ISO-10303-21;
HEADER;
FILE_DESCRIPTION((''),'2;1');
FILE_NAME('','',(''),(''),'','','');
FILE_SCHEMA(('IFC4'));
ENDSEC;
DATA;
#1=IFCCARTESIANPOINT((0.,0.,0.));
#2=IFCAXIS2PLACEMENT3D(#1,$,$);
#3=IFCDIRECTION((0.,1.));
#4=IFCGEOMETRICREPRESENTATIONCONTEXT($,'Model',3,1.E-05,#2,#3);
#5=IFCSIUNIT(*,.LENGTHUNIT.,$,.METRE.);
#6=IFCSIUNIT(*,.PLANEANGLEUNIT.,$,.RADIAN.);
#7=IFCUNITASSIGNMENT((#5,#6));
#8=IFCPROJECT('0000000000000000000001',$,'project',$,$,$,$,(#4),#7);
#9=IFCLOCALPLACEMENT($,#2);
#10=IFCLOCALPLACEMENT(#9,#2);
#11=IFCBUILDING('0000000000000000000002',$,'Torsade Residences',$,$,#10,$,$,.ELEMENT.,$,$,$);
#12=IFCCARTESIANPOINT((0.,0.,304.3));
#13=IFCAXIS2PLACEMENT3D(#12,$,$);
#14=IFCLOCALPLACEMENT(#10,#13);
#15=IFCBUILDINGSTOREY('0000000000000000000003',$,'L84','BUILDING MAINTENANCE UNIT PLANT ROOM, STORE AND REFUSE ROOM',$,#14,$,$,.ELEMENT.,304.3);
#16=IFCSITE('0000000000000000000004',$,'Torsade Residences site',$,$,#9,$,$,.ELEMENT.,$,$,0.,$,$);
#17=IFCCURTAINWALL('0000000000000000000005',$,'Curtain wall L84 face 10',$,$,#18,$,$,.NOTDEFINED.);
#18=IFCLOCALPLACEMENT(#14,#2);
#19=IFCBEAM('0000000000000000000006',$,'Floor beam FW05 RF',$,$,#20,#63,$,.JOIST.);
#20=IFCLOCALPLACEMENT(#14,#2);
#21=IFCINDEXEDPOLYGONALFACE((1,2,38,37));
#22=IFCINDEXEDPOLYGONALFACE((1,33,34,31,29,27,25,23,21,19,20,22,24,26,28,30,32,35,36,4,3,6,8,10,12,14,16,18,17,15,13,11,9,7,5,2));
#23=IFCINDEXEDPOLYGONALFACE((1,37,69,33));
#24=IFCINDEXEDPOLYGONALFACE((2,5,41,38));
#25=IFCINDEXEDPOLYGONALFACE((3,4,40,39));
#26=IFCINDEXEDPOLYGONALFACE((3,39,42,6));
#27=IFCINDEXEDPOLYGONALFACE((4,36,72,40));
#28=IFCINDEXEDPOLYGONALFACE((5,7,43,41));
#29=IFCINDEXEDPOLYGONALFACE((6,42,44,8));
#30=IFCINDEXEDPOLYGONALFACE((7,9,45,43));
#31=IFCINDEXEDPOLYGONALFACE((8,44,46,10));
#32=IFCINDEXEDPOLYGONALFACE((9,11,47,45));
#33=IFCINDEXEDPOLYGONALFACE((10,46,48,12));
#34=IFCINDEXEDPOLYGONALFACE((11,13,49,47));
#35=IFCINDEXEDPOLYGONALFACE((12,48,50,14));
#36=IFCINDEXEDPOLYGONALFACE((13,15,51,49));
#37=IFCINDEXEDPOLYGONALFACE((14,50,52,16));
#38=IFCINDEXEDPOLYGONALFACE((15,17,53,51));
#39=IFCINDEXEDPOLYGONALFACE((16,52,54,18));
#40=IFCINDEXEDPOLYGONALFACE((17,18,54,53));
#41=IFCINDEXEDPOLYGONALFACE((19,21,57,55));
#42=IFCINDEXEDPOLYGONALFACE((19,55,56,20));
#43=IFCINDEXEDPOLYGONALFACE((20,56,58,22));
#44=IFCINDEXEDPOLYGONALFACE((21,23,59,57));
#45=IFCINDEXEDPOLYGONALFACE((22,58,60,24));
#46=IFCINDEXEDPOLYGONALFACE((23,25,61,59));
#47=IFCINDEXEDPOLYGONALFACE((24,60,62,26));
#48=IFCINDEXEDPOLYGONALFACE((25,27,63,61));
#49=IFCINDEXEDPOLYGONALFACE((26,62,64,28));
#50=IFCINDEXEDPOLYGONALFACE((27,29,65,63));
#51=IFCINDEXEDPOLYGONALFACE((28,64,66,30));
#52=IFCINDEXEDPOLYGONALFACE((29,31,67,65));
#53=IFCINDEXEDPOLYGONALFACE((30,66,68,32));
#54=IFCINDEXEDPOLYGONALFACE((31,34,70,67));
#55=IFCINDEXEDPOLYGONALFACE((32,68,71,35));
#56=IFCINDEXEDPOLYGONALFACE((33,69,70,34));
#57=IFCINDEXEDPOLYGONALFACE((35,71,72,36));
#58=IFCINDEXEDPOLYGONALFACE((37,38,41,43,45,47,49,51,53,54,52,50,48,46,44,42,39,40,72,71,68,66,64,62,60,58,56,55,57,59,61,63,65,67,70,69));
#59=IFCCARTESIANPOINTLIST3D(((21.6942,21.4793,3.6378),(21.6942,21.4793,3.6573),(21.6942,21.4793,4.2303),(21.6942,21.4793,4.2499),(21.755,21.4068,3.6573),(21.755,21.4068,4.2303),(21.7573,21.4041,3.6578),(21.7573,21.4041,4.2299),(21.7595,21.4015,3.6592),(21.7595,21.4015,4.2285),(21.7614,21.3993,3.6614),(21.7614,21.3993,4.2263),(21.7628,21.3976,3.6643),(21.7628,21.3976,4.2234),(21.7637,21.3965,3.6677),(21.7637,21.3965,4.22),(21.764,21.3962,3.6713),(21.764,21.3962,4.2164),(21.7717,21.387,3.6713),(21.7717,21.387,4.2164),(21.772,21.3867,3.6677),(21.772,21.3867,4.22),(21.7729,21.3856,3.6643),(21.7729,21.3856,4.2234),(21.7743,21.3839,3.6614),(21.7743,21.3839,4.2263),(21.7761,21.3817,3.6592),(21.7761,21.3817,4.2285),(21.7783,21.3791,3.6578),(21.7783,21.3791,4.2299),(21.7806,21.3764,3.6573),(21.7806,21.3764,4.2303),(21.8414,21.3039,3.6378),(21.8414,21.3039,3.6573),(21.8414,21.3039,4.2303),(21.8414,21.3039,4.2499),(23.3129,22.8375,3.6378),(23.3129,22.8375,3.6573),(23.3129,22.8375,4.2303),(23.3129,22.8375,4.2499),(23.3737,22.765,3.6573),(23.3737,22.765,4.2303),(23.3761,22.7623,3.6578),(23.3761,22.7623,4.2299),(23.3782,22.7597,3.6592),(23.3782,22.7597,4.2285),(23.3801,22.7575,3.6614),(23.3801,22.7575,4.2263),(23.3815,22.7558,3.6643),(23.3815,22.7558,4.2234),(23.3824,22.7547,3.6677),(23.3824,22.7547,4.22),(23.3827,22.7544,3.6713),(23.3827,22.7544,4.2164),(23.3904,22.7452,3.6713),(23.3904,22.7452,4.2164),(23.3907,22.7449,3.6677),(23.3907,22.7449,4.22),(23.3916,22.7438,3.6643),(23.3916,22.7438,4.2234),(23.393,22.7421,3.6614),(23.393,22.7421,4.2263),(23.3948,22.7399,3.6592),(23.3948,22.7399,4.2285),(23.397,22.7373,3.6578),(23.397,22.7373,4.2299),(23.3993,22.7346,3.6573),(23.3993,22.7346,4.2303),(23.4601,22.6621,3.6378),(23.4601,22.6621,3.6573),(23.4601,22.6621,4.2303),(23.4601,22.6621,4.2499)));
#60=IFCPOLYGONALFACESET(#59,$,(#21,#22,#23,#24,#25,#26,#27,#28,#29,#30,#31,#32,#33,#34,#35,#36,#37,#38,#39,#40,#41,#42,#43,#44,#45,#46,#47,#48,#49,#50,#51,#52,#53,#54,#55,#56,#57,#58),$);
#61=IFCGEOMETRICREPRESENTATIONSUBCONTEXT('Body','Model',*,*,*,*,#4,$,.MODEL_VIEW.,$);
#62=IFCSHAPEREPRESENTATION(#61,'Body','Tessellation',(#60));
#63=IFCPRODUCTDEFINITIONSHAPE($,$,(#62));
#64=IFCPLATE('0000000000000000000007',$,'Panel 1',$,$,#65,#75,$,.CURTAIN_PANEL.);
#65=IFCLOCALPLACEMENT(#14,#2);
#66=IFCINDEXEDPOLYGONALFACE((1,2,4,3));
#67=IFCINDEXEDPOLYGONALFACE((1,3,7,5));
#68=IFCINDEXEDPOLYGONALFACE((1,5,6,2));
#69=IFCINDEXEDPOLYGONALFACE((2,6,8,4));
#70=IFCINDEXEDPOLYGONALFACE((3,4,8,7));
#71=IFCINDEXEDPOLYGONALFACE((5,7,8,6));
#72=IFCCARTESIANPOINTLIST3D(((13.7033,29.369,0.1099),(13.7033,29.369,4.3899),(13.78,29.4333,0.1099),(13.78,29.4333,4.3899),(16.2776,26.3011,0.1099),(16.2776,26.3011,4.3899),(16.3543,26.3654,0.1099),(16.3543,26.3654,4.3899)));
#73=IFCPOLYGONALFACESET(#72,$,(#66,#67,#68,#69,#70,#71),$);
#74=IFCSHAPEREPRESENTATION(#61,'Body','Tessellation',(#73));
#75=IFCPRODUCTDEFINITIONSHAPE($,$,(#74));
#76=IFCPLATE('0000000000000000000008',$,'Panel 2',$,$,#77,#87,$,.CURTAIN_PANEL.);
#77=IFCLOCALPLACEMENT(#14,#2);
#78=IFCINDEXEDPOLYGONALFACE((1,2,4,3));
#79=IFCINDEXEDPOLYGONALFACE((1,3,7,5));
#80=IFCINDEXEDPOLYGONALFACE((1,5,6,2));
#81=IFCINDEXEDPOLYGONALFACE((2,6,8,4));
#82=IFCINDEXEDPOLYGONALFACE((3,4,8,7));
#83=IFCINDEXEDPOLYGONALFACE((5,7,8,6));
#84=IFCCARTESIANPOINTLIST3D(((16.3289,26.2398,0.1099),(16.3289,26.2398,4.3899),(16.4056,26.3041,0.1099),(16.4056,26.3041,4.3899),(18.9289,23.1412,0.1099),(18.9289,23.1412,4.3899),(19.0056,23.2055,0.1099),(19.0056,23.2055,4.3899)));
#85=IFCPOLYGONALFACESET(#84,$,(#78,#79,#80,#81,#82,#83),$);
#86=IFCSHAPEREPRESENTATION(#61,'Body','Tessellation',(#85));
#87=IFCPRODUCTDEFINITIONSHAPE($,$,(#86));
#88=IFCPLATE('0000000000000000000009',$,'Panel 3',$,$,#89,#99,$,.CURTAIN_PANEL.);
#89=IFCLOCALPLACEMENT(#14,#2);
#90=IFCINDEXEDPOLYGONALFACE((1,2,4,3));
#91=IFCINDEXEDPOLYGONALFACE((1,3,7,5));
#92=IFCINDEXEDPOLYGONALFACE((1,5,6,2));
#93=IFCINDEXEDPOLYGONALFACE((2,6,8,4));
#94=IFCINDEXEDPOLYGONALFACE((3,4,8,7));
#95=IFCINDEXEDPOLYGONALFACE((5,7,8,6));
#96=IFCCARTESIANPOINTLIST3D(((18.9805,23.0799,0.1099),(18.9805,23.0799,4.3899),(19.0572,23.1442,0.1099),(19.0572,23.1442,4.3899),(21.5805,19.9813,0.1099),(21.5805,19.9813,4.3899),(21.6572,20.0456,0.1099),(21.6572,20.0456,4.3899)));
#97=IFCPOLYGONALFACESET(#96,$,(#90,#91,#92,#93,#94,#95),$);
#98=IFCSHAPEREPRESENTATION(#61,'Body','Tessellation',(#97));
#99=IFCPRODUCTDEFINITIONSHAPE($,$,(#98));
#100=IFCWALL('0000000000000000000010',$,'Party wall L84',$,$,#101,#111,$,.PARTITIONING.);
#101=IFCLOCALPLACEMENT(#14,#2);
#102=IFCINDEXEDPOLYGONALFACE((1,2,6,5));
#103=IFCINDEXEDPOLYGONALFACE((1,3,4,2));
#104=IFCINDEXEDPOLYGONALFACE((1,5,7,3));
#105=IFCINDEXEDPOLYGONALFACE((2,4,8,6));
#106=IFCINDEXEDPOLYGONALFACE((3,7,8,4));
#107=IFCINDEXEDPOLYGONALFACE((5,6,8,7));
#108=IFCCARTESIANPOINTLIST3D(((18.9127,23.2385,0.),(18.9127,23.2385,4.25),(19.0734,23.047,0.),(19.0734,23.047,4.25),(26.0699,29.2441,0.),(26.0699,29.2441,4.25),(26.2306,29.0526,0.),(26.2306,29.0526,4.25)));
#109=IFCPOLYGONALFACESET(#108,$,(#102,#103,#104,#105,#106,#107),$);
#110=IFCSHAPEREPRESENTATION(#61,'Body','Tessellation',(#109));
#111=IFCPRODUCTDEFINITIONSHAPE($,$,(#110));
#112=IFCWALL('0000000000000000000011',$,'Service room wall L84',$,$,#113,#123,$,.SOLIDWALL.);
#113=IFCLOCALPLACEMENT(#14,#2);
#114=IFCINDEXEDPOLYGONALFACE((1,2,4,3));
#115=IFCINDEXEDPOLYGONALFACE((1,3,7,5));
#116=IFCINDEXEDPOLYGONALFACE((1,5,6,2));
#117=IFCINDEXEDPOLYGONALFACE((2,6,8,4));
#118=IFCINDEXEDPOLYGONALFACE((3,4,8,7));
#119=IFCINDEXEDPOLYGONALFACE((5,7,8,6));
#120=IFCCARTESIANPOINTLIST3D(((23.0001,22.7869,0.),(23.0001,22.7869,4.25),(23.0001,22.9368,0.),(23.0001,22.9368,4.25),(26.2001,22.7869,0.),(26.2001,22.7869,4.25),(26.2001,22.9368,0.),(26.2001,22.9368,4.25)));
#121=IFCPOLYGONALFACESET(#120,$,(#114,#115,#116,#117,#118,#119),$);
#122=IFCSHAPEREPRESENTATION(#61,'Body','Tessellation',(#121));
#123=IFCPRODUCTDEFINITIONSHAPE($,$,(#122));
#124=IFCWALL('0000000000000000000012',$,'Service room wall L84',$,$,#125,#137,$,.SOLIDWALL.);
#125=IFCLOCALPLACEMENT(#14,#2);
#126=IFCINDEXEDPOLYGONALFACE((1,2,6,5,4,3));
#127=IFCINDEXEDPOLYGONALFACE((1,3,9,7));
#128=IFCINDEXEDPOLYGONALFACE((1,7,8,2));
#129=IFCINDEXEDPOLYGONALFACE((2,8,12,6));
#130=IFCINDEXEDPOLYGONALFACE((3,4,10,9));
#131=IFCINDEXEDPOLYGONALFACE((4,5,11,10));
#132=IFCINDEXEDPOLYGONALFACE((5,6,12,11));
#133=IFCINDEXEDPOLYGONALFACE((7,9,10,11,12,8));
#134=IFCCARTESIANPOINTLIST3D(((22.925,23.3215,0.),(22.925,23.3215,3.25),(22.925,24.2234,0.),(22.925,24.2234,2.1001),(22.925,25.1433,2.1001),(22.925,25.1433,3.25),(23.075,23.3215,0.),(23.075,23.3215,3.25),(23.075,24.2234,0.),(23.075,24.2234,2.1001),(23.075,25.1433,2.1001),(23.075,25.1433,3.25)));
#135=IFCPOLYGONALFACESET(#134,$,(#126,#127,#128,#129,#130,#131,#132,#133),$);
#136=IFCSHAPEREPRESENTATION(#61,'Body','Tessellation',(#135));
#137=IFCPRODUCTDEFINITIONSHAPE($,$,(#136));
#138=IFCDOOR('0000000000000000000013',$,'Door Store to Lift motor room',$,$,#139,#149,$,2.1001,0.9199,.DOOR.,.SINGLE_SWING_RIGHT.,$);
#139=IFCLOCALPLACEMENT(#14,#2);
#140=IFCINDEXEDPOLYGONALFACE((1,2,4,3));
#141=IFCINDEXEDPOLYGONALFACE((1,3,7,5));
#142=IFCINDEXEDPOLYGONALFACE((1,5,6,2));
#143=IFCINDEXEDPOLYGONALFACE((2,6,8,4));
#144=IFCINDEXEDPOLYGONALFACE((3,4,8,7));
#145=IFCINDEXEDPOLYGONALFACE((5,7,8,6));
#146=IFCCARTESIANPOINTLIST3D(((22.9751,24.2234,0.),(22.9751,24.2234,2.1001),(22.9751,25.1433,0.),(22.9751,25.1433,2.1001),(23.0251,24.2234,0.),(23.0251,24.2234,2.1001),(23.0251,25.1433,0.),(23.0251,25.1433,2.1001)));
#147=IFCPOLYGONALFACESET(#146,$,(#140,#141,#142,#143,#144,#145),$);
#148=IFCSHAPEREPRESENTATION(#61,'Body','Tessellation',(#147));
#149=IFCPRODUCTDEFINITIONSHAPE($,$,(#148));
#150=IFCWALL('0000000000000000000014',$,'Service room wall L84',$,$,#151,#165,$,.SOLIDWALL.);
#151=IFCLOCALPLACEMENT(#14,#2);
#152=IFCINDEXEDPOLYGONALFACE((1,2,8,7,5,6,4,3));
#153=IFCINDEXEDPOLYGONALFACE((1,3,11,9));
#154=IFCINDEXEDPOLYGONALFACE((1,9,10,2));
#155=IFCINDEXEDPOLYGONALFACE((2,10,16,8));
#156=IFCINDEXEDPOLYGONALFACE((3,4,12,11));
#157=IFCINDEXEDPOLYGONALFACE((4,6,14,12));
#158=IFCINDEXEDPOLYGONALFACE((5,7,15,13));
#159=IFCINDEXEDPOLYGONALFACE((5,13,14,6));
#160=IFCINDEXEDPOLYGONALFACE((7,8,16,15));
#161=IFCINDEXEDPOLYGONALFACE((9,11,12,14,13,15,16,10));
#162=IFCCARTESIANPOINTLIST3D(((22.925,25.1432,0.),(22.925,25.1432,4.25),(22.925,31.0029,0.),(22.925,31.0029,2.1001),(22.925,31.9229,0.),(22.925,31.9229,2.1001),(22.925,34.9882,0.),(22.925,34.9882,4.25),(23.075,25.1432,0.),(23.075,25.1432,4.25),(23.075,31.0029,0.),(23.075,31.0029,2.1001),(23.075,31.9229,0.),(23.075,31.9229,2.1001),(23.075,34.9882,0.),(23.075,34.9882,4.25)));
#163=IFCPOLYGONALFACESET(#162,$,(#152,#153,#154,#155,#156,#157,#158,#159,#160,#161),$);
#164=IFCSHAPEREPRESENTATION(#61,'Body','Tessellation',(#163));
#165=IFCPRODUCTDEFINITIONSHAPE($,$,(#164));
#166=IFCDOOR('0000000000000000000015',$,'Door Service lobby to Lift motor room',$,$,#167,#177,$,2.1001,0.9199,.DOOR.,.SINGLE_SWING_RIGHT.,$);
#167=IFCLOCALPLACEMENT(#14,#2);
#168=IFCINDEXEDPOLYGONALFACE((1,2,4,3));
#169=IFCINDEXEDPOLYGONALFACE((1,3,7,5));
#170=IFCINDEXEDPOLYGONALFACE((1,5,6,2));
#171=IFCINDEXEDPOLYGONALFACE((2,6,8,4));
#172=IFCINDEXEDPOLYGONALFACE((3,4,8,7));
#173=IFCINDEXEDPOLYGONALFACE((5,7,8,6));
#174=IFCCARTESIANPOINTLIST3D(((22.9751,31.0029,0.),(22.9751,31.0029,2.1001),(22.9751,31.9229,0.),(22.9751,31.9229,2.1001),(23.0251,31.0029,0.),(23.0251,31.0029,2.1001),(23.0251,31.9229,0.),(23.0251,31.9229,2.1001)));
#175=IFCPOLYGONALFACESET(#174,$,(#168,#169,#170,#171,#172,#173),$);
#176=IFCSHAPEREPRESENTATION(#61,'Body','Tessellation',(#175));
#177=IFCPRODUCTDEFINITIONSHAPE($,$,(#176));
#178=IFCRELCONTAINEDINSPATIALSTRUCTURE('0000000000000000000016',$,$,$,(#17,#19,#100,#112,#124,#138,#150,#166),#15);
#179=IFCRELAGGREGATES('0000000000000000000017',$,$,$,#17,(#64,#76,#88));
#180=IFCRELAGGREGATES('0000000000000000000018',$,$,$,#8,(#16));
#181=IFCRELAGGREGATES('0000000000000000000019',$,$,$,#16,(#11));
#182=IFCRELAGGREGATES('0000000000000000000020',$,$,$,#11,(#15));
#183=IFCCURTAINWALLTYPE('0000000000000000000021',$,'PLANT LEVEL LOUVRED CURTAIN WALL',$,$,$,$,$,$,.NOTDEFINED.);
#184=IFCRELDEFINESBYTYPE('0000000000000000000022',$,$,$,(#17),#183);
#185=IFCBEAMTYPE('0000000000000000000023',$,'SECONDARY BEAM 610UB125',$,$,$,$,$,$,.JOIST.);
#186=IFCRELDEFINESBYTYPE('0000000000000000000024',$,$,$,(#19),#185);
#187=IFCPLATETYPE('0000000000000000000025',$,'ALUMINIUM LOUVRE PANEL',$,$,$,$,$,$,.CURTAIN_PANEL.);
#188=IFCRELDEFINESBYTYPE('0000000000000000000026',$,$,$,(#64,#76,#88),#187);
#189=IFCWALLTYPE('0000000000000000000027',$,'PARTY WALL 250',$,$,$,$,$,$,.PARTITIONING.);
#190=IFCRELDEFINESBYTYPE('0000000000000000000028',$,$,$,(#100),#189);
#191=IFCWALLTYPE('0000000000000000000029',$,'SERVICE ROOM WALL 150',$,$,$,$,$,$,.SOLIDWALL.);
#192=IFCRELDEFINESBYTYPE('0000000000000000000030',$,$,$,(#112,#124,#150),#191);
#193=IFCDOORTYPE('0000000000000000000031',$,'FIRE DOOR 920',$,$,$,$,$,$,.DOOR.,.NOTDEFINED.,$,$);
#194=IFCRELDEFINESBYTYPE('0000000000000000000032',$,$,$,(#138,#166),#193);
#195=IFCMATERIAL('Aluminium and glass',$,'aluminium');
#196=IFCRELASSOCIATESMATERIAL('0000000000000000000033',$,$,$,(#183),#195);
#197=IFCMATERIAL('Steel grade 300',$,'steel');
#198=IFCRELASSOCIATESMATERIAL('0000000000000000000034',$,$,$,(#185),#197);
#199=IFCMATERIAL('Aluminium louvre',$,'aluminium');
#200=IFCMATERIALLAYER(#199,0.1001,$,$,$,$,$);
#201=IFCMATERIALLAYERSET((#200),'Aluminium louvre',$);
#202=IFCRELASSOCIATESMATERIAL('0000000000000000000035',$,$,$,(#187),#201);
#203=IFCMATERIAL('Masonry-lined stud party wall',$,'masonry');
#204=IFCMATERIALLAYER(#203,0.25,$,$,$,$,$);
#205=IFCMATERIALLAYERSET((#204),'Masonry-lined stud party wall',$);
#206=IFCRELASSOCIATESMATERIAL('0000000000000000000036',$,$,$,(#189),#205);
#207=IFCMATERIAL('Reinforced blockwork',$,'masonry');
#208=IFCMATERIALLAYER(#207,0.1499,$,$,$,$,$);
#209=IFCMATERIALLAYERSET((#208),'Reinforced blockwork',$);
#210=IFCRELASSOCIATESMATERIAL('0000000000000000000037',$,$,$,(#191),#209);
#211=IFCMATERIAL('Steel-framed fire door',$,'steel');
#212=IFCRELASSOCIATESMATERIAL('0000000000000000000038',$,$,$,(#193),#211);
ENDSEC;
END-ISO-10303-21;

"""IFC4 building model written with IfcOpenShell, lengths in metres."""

from ifc_helpers import new_model, si_unit, direction, frame, frame_2d, origin, origin_2d, place, context, subcontext, project, spatial, rectangle, i_section, extrude, material, layer, layer_set, material_profile, profile_set, type_object, element, fill, aggregate, save


model = new_model("IFC4")

# Units and contexts
model_context = context("Model", 3, precision=1e-05, world=origin(), true_north=direction((0.0, 1.0)))
body_context = subcontext(model_context, "Body", "Model", "MODEL_VIEW")
ifc_project = project(units=[si_unit("LENGTHUNIT", "METRE"), si_unit("PLANEANGLEUNIT", "RADIAN")], contexts=[model_context])

# Site, building, storey
site_placement = place(None, origin())
site = spatial("IfcSite", under=ifc_project, at=site_placement, Name="Torsade Residences site", CompositionType="ELEMENT", RefElevation=0.0)
building_placement = place(site_placement, origin())
building = spatial("IfcBuilding", under=site, at=building_placement, Name="Torsade Residences", CompositionType="ELEMENT")
storey_placement = place(building_placement, frame((0.0, 0.0, 304.3)))
storey = spatial("IfcBuildingStorey", under=building, at=storey_placement, Name="L84", Description="BUILDING MAINTENANCE UNIT PLANT ROOM, STORE AND REFUSE ROOM", CompositionType="ELEMENT", Elevation=304.3)

# Shared definitions
ifc_material_1 = material(Name="Aluminium and glass", Category="aluminium")
curtain_wall_type = type_object("IfcCurtainWallType", Name="PLANT LEVEL LOUVRED CURTAIN WALL", PredefinedType="NOTDEFINED", material=ifc_material_1)

# Curtain wall
curtain_wall_1_placement = place(storey_placement, origin())
curtain_wall_1 = element("IfcCurtainWall", 1, at=curtain_wall_1_placement, inside=storey, type_object=curtain_wall_type, Name="Curtain wall L84 face 10", PredefinedType="NOTDEFINED")

# Beam
ifc_material_2 = material(Name="Steel grade 300", Category="steel")
ifc_material_profile_1 = material_profile(ifc_material_2, i_section(OverallWidth=0.229, OverallDepth=0.6121, WebThickness=0.012, FlangeThickness=0.0195, FilletRadius=0.0139, at=origin_2d()), Name="610UB125")
ifc_profile_set_1 = profile_set([ifc_material_profile_1], Name="Steel grade 300")
beam_type_1 = type_object("IfcBeamType", Name="SECONDARY BEAM 610UB125", PredefinedType="JOIST", material=ifc_profile_set_1)
beam_1_placement = place(storey_placement, frame((21.7678, 21.3916, 3.9438), z_axis=(0.766058, 0.642772, 0.0), x_axis=(-0.642772, 0.766058, 0.0)))
element("IfcBeam", 2, at=beam_1_placement, inside=storey, type_object=beam_type_1, Name="Floor beam FW05 RF", PredefinedType="JOIST", context=body_context, shape_type="SweptSolid", body=[
    extrude(i_section(OverallWidth=0.229, OverallDepth=0.6121, WebThickness=0.012, FlangeThickness=0.0195, FilletRadius=0.0139, at=origin_2d()), origin(), (0.0, 0.0, 1.0), 2.113),
])

# Plates
ifc_material_3 = material(Name="Aluminium louvre", Category="aluminium")
ifc_layer_1 = layer(ifc_material_3, 0.1001)
ifc_layer_set_1 = layer_set([ifc_layer_1], Name="Aluminium louvre")
plate_type = type_object("IfcPlateType", Name="ALUMINIUM LOUVRE PANEL", PredefinedType="CURTAIN_PANEL", material=ifc_layer_set_1)
plate_1_placement = place(storey_placement, frame((15.0288, 27.8672, 0.1099), z_axis=(0.0, 0.0, 1.0), x_axis=(0.642788, -0.766044, 0.0)))
plate_1 = element("IfcPlate", 3, at=plate_1_placement, type_object=plate_type, Name="Panel 1", PredefinedType="CURTAIN_PANEL", context=body_context, shape_type="SweptSolid", body=[
    extrude(rectangle(XDim=4.0049, YDim=0.1001, at=origin_2d()), origin(), (0.0, 0.0, 1.0), 4.28),
])
plate_2_placement = place(storey_placement, frame((17.6672, 24.7227, 0.1099), z_axis=(0.0, 0.0, 1.0), x_axis=(0.642788, -0.766044, 0.0)))
plate_2 = element("IfcPlate", 4, at=plate_2_placement, type_object=plate_type, Name="Panel 2", PredefinedType="CURTAIN_PANEL", context=body_context, shape_type="SweptSolid", body=[
    extrude(rectangle(XDim=4.0449, YDim=0.1001, at=origin_2d()), origin(), (0.0, 0.0, 1.0), 4.28),
])
plate_3_placement = place(storey_placement, frame((20.3188, 21.5627, 0.1099), z_axis=(0.0, 0.0, 1.0), x_axis=(0.642788, -0.766044, 0.0)))
plate_3 = element("IfcPlate", 5, at=plate_3_placement, type_object=plate_type, Name="Panel 3", PredefinedType="CURTAIN_PANEL", context=body_context, shape_type="SweptSolid", body=[
    extrude(rectangle(XDim=4.0449, YDim=0.1001, at=origin_2d()), origin(), (0.0, 0.0, 1.0), 4.28),
])
aggregate(curtain_wall_1, [plate_1, plate_2, plate_3])

# Walls
ifc_material_4 = material(Name="Masonry-lined stud party wall", Category="masonry")
ifc_layer_2 = layer(ifc_material_4, 0.25)
ifc_layer_set_2 = layer_set([ifc_layer_2], Name="Masonry-lined stud party wall")
wall_type_1 = type_object("IfcWallType", Name="PARTY WALL 250", PredefinedType="PARTITIONING", material=ifc_layer_set_2)
wall_1_placement = place(storey_placement, frame((18.9932, 23.1428, 0.0), z_axis=(0.0, 0.0, 1.0), x_axis=(0.766045, 0.642787, 0.0)))
element("IfcWall", 6, at=wall_1_placement, inside=storey, type_object=wall_type_1, Name="Party wall L84", PredefinedType="PARTITIONING", context=body_context, shape_type="SweptSolid", body=[
    extrude(rectangle(XDim=9.343, YDim=0.25, at=frame_2d((4.6714, 0.0))), origin(), (0.0, 0.0, 1.0), 4.25),
])
ifc_material_5 = material(Name="Reinforced blockwork", Category="masonry")
ifc_layer_3 = layer(ifc_material_5, 0.1499)
ifc_layer_set_3 = layer_set([ifc_layer_3], Name="Reinforced blockwork")
wall_type_2 = type_object("IfcWallType", Name="SERVICE ROOM WALL 150", PredefinedType="SOLIDWALL", material=ifc_layer_set_3)
wall_2_placement = place(storey_placement, frame((23.0, 22.8618, 0.0), z_axis=(0.0, 0.0, 1.0), x_axis=(1.0, 0.0, 0.0)))
element("IfcWall", 7, at=wall_2_placement, inside=storey, type_object=wall_type_2, Name="Service room wall L84", PredefinedType="SOLIDWALL", context=body_context, shape_type="SweptSolid", body=[
    extrude(rectangle(XDim=3.2, YDim=0.1499, at=frame_2d((1.6001, 0.0))), origin(), (0.0, 0.0, 1.0), 4.25),
])

# Walls, openings, doors
wall_3_placement = place(storey_placement, frame((23.0, 23.3215, 0.0), z_axis=(0.0, 0.0, 1.0), x_axis=(0.0, 1.0, 0.0)))
wall_3 = element("IfcWall", 8, at=wall_3_placement, inside=storey, type_object=wall_type_2, Name="Service room wall L84", PredefinedType="SOLIDWALL", context=body_context, shape_type="SweptSolid", body=[
    extrude(rectangle(XDim=1.8218, YDim=0.1499, at=frame_2d((0.9109, 0.0))), origin(), (0.0, 0.0, 1.0), 3.25),
])
opening_1_placement = place(wall_3_placement, frame((0.9019, 0.0, 0.0)))
opening_1 = element("IfcOpeningElement", 9, at=opening_1_placement, cuts=wall_3, PredefinedType="OPENING", context=body_context, shape_type="SweptSolid", body=[
    extrude(rectangle(XDim=0.9199, YDim=2.1001, at=frame_2d((0.46, 1.05))), frame((0.0, 0.085, 0.0), z_axis=(0.0, -1.0, 0.0), x_axis=(1.0, 0.0, 0.0)), (0.0, 0.0, 1.0), 0.1699),
])
ifc_material_6 = material(Name="Steel-framed fire door", Category="steel")
door_type = type_object("IfcDoorType", Name="FIRE DOOR 920", OperationType="NOTDEFINED", PredefinedType="DOOR", material=ifc_material_6)
door_1_placement = place(opening_1_placement, origin())
door_1 = element("IfcDoor", 10, at=door_1_placement, inside=storey, type_object=door_type, Name="Door Store to Lift motor room", OperationType="SINGLE_SWING_RIGHT", OverallHeight=2.1001, OverallWidth=0.9199, PredefinedType="DOOR", context=body_context, shape_type="SweptSolid", body=[
    extrude(rectangle(XDim=0.9199, YDim=2.1001, at=frame_2d((0.46, 1.05))), frame((0.0, 0.0249, 0.0), z_axis=(0.0, -1.0, 0.0), x_axis=(1.0, 0.0, 0.0)), (0.0, 0.0, 1.0), 0.05),
])
fill(opening_1, door_1)
wall_4_placement = place(storey_placement, frame((23.0, 25.1433, 0.0), z_axis=(0.0, 0.0, 1.0), x_axis=(0.0, 1.0, 0.0)))
wall_4 = element("IfcWall", 11, at=wall_4_placement, inside=storey, type_object=wall_type_2, Name="Service room wall L84", PredefinedType="SOLIDWALL", context=body_context, shape_type="SweptSolid", body=[
    extrude(rectangle(XDim=9.845, YDim=0.1499, at=frame_2d((4.9224, 0.0))), origin(), (0.0, 0.0, 1.0), 4.25),
])
opening_2_placement = place(wall_4_placement, frame((5.8596, 0.0, 0.0)))
opening_2 = element("IfcOpeningElement", 12, at=opening_2_placement, cuts=wall_4, PredefinedType="OPENING", context=body_context, shape_type="SweptSolid", body=[
    extrude(rectangle(XDim=0.9199, YDim=2.1001, at=frame_2d((0.46, 1.05))), frame((0.0, 0.085, 0.0), z_axis=(0.0, -1.0, 0.0), x_axis=(1.0, 0.0, 0.0)), (0.0, 0.0, 1.0), 0.1699),
])
door_2_placement = place(opening_2_placement, origin())
door_2 = element("IfcDoor", 13, at=door_2_placement, inside=storey, type_object=door_type, Name="Door Service lobby to Lift motor room", OperationType="SINGLE_SWING_RIGHT", OverallHeight=2.1001, OverallWidth=0.9199, PredefinedType="DOOR", context=body_context, shape_type="SweptSolid", body=[
    extrude(rectangle(XDim=0.9199, YDim=2.1001, at=frame_2d((0.46, 1.05))), frame((0.0, 0.0249, 0.0), z_axis=(0.0, -1.0, 0.0), x_axis=(1.0, 0.0, 0.0)), (0.0, 0.0, 1.0), 0.05),
])
fill(opening_2, door_2)

save(model, "model.ifc")
